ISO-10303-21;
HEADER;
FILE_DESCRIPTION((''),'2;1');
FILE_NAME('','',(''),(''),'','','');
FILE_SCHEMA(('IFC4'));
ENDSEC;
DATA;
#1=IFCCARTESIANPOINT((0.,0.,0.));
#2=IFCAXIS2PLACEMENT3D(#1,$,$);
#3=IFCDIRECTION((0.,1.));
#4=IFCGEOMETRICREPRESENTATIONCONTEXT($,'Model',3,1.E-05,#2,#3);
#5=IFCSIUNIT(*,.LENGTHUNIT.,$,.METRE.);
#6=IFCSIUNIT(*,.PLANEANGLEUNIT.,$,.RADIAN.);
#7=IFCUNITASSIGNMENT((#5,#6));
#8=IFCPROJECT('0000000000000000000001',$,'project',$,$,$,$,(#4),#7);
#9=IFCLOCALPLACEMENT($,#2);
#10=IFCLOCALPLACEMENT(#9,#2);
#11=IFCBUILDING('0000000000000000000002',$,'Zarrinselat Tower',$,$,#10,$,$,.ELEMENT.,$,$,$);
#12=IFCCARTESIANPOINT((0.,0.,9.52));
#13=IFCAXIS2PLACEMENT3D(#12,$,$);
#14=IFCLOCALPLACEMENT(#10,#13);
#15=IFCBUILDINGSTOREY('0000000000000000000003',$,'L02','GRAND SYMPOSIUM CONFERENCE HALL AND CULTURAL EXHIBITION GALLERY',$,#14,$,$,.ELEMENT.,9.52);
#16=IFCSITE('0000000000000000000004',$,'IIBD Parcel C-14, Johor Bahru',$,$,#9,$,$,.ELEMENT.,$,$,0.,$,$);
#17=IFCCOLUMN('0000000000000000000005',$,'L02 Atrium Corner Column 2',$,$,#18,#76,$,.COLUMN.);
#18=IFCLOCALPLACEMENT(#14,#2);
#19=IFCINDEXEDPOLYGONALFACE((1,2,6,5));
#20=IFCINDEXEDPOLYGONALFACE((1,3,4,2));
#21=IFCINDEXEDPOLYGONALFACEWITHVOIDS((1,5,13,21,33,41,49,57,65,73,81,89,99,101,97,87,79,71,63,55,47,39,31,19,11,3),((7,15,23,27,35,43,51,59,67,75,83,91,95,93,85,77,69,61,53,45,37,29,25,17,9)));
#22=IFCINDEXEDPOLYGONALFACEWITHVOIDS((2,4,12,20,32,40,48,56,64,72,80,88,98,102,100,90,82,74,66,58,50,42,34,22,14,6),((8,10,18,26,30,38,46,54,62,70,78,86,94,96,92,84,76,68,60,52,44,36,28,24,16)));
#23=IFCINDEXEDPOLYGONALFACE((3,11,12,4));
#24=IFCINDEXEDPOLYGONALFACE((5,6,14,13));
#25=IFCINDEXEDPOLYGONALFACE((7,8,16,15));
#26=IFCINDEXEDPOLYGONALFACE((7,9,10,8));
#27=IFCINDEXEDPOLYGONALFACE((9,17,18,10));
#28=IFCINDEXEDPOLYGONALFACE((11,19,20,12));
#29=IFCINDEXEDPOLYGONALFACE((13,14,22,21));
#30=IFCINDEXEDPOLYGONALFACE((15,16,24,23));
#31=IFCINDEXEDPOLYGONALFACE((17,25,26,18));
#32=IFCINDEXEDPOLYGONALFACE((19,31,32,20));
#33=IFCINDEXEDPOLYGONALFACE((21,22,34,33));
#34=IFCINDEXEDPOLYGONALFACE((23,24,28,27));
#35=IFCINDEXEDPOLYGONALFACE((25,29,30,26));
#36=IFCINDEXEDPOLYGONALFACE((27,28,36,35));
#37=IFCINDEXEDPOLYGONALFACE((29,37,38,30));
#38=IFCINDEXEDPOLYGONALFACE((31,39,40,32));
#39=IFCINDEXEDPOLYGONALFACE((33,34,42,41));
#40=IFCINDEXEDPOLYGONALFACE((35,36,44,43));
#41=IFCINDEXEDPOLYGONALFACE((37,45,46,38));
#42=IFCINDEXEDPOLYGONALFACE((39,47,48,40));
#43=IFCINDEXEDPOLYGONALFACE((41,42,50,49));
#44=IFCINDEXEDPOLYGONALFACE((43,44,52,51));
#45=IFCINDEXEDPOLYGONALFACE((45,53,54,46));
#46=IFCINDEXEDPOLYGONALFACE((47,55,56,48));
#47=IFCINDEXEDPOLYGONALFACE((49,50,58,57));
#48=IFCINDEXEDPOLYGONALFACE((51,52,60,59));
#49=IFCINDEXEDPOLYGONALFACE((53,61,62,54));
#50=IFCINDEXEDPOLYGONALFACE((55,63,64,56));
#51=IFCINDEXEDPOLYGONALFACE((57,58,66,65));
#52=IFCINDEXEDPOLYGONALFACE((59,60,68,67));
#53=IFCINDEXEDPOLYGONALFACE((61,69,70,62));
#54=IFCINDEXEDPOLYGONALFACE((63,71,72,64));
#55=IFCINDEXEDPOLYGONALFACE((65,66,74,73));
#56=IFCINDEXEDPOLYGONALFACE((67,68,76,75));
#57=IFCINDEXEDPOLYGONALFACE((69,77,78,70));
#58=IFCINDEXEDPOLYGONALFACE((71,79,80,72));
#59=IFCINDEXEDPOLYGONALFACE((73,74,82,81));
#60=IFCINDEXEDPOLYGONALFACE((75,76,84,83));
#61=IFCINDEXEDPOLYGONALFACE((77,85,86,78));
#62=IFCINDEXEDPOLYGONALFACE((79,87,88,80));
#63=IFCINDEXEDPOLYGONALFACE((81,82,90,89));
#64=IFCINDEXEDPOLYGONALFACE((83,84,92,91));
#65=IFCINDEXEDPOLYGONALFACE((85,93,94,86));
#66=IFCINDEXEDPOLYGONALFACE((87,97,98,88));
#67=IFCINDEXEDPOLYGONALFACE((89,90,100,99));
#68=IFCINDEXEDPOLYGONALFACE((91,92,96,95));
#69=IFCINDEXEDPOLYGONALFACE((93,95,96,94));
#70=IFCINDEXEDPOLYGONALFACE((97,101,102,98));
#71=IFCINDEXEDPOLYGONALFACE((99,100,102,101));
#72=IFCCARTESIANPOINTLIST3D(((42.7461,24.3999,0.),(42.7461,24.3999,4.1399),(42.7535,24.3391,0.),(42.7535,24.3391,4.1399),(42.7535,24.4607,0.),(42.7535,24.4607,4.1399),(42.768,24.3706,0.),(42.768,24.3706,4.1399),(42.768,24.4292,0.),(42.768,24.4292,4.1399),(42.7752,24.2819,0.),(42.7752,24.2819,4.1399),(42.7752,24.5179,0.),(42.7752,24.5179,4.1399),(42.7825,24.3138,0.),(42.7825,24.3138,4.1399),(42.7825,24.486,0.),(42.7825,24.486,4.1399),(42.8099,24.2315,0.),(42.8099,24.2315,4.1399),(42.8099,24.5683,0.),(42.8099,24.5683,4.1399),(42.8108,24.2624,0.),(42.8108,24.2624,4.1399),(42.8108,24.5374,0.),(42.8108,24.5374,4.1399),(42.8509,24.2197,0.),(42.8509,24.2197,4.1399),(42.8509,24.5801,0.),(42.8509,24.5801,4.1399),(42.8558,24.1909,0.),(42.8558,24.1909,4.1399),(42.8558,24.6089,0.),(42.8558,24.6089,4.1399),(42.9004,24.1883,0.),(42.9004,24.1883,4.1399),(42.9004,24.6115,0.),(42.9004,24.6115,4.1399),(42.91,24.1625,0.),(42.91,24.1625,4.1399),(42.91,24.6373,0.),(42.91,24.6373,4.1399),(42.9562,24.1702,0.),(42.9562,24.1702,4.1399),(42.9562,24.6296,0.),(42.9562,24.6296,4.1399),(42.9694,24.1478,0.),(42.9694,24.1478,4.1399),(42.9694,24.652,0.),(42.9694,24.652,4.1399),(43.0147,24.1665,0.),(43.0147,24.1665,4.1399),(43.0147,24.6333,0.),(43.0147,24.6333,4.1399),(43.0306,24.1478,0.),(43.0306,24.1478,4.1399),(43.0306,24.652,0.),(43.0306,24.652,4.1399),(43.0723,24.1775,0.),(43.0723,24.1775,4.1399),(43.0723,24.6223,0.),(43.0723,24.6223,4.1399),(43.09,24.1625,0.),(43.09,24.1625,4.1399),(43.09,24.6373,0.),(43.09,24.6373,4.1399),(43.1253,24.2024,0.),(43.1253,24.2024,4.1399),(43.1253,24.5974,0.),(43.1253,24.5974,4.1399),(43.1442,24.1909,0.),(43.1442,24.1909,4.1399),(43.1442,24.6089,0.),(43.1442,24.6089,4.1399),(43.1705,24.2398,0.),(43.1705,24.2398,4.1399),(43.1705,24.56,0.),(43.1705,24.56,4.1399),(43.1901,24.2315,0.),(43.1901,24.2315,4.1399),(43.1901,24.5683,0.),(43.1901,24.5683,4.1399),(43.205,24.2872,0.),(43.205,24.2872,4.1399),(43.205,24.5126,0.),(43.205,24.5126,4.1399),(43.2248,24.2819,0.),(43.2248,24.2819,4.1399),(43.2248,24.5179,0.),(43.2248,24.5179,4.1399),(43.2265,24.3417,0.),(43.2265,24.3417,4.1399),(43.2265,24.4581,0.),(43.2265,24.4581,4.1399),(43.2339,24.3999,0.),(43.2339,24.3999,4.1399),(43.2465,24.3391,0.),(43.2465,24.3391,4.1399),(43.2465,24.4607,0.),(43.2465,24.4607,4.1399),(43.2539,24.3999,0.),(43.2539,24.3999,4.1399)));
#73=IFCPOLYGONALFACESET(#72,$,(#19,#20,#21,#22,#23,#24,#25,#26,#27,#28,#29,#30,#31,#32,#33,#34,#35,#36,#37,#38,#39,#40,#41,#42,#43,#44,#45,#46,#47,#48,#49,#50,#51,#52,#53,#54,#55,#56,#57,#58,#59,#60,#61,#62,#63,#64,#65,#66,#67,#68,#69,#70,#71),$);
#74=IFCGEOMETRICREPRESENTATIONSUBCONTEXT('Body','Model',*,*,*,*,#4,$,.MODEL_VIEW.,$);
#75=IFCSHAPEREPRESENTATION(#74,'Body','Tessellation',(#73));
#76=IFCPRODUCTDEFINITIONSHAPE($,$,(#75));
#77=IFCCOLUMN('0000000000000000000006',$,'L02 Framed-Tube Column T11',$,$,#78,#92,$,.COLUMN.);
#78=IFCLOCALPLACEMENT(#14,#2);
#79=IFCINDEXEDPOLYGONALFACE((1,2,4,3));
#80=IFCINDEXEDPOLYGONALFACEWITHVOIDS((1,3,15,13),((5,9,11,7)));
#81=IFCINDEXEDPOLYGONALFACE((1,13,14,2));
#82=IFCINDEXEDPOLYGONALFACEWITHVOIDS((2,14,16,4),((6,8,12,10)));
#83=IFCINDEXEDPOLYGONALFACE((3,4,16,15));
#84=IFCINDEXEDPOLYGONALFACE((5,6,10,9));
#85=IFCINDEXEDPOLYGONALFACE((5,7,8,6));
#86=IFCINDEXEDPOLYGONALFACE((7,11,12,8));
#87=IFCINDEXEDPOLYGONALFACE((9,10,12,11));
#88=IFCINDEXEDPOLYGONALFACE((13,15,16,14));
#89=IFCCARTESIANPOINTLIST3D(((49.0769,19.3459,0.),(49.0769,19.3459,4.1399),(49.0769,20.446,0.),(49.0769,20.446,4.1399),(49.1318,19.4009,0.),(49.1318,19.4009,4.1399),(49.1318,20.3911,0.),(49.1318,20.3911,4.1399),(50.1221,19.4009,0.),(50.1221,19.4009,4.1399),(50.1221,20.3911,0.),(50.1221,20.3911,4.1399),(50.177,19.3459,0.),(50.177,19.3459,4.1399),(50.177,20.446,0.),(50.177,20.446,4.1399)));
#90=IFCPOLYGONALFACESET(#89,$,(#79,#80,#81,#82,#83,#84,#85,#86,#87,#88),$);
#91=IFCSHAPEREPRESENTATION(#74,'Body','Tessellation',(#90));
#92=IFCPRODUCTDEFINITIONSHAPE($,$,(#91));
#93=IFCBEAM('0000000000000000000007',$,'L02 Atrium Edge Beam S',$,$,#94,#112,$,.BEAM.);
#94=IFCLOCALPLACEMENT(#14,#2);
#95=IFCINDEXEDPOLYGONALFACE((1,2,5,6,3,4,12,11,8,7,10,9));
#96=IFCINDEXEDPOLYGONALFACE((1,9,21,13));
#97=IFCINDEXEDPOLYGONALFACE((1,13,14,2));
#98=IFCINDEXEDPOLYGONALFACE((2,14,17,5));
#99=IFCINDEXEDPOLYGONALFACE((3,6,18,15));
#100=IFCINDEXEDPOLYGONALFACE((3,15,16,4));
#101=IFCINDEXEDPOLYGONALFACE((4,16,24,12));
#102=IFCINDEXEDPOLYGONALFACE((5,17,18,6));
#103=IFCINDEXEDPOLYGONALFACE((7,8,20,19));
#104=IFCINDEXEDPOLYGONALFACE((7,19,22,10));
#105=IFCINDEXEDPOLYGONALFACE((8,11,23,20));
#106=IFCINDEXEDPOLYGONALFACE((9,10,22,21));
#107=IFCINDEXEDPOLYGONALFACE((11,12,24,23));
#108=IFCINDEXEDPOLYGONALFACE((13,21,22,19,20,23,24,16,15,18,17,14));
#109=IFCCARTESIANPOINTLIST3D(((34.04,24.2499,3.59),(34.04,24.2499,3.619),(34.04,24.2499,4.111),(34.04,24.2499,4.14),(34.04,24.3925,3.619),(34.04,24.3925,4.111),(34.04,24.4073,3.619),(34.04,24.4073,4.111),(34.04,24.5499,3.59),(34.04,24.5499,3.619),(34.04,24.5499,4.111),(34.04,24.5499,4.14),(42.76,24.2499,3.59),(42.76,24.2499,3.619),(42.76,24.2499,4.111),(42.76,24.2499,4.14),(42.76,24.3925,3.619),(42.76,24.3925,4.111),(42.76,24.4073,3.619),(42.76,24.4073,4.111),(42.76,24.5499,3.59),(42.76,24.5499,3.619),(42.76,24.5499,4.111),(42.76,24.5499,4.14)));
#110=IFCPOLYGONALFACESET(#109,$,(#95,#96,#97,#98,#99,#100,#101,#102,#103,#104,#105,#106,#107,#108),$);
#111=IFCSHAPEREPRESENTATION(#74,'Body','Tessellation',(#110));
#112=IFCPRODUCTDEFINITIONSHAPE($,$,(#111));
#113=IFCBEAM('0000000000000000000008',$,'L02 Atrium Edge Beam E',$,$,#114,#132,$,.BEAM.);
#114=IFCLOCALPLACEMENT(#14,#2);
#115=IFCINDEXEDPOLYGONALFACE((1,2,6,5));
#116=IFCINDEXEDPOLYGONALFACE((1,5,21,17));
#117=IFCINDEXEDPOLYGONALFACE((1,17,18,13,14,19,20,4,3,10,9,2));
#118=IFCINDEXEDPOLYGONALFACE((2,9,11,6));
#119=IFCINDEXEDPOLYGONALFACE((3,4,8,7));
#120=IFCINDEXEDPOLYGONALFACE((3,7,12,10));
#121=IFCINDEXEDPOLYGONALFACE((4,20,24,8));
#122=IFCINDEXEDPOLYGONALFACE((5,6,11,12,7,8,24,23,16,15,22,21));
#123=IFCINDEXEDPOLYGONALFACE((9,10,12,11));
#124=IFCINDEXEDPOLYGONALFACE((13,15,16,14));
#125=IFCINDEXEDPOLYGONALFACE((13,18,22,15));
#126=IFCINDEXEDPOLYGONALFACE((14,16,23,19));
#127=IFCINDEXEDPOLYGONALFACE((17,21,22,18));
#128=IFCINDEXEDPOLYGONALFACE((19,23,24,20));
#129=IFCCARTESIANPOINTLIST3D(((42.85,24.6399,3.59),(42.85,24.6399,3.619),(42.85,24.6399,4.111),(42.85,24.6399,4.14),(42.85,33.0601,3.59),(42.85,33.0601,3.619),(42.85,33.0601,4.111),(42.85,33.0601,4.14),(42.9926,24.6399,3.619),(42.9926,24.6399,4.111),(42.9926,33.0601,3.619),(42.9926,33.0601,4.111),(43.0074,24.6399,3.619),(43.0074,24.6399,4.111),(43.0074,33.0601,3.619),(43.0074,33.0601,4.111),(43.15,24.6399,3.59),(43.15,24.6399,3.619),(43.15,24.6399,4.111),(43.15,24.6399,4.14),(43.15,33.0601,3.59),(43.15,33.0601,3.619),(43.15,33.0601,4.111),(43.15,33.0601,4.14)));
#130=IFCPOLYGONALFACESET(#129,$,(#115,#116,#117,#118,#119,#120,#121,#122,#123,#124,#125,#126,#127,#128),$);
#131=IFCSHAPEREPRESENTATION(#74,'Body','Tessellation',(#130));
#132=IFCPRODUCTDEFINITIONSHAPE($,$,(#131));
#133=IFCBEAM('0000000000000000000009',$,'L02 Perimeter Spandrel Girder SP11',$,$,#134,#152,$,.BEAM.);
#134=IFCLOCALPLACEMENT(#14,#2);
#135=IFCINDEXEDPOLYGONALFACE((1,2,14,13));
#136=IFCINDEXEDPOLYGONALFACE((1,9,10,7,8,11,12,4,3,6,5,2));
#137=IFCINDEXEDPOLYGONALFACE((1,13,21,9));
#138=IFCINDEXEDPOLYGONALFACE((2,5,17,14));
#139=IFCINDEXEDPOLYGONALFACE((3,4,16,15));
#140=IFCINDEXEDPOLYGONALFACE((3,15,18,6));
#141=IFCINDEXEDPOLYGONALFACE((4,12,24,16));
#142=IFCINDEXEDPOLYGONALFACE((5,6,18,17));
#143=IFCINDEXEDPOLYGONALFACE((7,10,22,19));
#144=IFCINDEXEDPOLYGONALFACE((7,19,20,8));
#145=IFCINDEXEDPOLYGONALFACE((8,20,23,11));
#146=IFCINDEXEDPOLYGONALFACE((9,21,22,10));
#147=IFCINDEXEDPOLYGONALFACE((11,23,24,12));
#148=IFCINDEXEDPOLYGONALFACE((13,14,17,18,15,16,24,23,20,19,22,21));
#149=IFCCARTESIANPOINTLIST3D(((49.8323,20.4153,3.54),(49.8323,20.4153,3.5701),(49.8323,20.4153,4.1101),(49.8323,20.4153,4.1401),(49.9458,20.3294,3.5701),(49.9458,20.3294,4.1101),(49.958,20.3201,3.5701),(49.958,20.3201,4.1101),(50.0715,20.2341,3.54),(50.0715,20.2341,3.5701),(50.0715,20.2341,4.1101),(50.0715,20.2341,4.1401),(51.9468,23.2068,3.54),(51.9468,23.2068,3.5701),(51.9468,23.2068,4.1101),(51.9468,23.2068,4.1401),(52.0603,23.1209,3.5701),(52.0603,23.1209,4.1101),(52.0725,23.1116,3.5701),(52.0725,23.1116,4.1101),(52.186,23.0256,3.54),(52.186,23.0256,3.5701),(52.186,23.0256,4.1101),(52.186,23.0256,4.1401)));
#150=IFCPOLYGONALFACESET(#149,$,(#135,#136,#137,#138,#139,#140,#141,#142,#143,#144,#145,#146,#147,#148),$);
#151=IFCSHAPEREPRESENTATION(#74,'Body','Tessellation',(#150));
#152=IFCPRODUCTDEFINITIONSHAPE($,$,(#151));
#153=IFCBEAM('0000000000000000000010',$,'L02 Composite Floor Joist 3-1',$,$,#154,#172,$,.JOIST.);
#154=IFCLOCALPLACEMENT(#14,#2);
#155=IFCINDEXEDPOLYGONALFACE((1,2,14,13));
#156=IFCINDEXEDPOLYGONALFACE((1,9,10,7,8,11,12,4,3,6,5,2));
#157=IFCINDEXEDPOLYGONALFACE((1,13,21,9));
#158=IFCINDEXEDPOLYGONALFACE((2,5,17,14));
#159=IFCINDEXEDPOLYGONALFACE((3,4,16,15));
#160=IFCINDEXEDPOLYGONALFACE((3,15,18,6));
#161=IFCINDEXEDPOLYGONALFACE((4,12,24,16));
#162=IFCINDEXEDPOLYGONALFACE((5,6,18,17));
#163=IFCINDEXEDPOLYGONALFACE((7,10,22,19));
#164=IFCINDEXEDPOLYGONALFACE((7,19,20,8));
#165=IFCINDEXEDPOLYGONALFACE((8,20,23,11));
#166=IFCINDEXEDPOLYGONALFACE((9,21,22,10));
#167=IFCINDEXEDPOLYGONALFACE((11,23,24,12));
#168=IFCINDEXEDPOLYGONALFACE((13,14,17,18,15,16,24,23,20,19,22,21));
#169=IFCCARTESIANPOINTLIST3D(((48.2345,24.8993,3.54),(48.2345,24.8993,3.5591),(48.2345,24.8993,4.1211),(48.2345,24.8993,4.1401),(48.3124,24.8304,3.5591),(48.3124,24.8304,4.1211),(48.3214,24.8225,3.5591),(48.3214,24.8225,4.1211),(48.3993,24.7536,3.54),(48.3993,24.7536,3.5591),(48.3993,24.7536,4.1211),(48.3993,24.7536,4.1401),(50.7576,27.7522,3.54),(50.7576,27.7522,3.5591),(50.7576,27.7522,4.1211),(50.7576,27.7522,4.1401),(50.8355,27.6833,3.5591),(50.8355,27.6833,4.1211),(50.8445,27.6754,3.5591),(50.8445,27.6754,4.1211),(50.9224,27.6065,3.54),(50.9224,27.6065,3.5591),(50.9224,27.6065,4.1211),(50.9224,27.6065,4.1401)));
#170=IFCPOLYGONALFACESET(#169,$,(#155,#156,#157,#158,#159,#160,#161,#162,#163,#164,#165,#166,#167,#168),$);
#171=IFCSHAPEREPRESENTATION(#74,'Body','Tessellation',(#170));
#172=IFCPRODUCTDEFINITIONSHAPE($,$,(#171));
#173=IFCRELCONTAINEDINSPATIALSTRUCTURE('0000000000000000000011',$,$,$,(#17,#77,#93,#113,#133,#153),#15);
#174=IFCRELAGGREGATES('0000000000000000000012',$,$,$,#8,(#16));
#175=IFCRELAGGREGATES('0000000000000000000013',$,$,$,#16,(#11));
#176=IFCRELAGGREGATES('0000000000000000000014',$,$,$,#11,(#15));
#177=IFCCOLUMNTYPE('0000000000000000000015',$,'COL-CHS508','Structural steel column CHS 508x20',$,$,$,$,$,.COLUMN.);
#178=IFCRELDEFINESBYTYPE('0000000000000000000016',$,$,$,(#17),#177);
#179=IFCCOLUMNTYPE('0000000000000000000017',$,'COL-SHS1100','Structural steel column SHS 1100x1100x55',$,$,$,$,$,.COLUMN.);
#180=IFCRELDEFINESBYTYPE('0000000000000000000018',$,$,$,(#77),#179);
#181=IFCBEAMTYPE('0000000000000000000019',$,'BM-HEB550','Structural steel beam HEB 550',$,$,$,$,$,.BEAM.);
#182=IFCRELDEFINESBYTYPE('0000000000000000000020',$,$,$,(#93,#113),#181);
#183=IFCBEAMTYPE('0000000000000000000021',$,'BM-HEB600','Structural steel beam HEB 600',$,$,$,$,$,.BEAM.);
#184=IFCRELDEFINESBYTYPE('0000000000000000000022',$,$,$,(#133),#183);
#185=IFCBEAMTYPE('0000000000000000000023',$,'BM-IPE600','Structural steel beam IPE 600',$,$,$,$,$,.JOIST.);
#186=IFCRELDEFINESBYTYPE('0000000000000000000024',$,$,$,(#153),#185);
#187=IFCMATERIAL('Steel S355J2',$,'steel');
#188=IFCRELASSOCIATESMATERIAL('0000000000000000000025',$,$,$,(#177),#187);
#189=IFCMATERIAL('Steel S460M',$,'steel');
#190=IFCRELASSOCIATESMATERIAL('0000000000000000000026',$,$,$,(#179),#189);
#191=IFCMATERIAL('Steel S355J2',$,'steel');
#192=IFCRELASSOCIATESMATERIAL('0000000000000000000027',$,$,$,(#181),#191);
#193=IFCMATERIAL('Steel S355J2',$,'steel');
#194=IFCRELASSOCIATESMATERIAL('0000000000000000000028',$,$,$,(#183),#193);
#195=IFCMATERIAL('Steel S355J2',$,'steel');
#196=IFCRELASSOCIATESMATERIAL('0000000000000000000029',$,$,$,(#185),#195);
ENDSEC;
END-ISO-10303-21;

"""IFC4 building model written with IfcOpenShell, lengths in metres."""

from ifc_helpers import new_model, si_unit, direction, frame, origin, origin_2d, place, context, subcontext, project, spatial, hollow_rectangle, hollow_circle, i_section, extrude, material, material_profile, profile_set, type_object, element, save


model = new_model("IFC4")

# Units and contexts
model_context = context("Model", 3, precision=1e-05, world=origin(), true_north=direction((0.0, 1.0)))
body_context = subcontext(model_context, "Body", "Model", "MODEL_VIEW")
ifc_project = project(units=[si_unit("LENGTHUNIT", "METRE"), si_unit("PLANEANGLEUNIT", "RADIAN")], contexts=[model_context])

# Site, building, storey
site_placement = place(None, origin())
site = spatial("IfcSite", under=ifc_project, at=site_placement, Name="IIBD Parcel C-14, Johor Bahru", CompositionType="ELEMENT", RefElevation=0.0)
building_placement = place(site_placement, origin())
building = spatial("IfcBuilding", under=site, at=building_placement, Name="Zarrinselat Tower", CompositionType="ELEMENT")
storey_placement = place(building_placement, frame((0.0, 0.0, 9.52)))
storey = spatial("IfcBuildingStorey", under=building, at=storey_placement, Name="L02", Description="GRAND SYMPOSIUM CONFERENCE HALL AND CULTURAL EXHIBITION GALLERY", CompositionType="ELEMENT", Elevation=9.52)

# Columns
ifc_material_1 = material(Name="Steel S355J2", Category="steel")
ifc_material_profile_1 = material_profile(ifc_material_1, hollow_circle(Radius=0.2539, WallThickness=0.02, at=origin_2d()), Name="CHS 508x20")
ifc_profile_set_1 = profile_set([ifc_material_profile_1], Name="Steel S355J2")
column_type_1 = type_object("IfcColumnType", Name="COL-CHS508", Description="Structural steel column CHS 508x20", PredefinedType="COLUMN", material=ifc_profile_set_1)
column_1_placement = place(storey_placement, frame((43.0, 24.3999, 0.0), z_axis=(0.0, 0.0, 1.0), x_axis=(1.0, 0.0, 0.0)))
element("IfcColumn", 1, at=column_1_placement, inside=storey, type_object=column_type_1, Name="L02 Atrium Corner Column 2", PredefinedType="COLUMN", context=body_context, shape_type="SweptSolid", body=[
    extrude(hollow_circle(Radius=0.2539, WallThickness=0.02, at=origin_2d()), origin(), (0.0, 0.0, 1.0), 4.1399),
])
ifc_material_2 = material(Name="Steel S460M", Category="steel")
ifc_material_profile_2 = material_profile(ifc_material_2, hollow_rectangle(XDim=1.1001, YDim=1.1001, WallThickness=0.0549, at=origin_2d()), Name="SHS 1100x1100x55")
ifc_profile_set_2 = profile_set([ifc_material_profile_2], Name="Steel S460M")
column_type_2 = type_object("IfcColumnType", Name="COL-SHS1100", Description="Structural steel column SHS 1100x1100x55", PredefinedType="COLUMN", material=ifc_profile_set_2)
column_2_placement = place(storey_placement, frame((49.627, 19.896, 0.0), z_axis=(0.0, 0.0, 1.0), x_axis=(1.0, 0.0, 0.0)))
element("IfcColumn", 2, at=column_2_placement, inside=storey, type_object=column_type_2, Name="L02 Framed-Tube Column T11", PredefinedType="COLUMN", context=body_context, shape_type="SweptSolid", body=[
    extrude(hollow_rectangle(XDim=1.1001, YDim=1.1001, WallThickness=0.0549, at=origin_2d()), origin(), (0.0, 0.0, 1.0), 4.1399),
])

# Beams
ifc_material_3 = material(Name="Steel S355J2", Category="steel")
ifc_material_profile_3 = material_profile(ifc_material_3, i_section(OverallWidth=0.3, OverallDepth=0.55, WebThickness=0.0149, FlangeThickness=0.0291, at=origin_2d()), Name="HEB 550")
ifc_profile_set_3 = profile_set([ifc_material_profile_3], Name="Steel S355J2")
beam_type_1 = type_object("IfcBeamType", Name="BM-HEB550", Description="Structural steel beam HEB 550", PredefinedType="BEAM", material=ifc_profile_set_3)
beam_1_placement = place(storey_placement, frame((34.04, 24.3999, 3.865), z_axis=(1.0, 0.0, 0.0), x_axis=(0.0, 1.0, 0.0)))
element("IfcBeam", 3, at=beam_1_placement, inside=storey, type_object=beam_type_1, Name="L02 Atrium Edge Beam S", PredefinedType="BEAM", context=body_context, shape_type="SweptSolid", body=[
    extrude(i_section(OverallWidth=0.3, OverallDepth=0.55, WebThickness=0.0149, FlangeThickness=0.0291, at=origin_2d()), origin(), (0.0, 0.0, 1.0), 8.72),
])
beam_2_placement = place(storey_placement, frame((43.0, 24.6399, 3.865), z_axis=(0.0, 1.0, 0.0), x_axis=(-1.0, 0.0, 0.0)))
element("IfcBeam", 4, at=beam_2_placement, inside=storey, type_object=beam_type_1, Name="L02 Atrium Edge Beam E", PredefinedType="BEAM", context=body_context, shape_type="SweptSolid", body=[
    extrude(i_section(OverallWidth=0.3, OverallDepth=0.55, WebThickness=0.0149, FlangeThickness=0.0291, at=origin_2d()), origin(), (0.0, 0.0, 1.0), 8.4202),
])
ifc_material_4 = material(Name="Steel S355J2", Category="steel")
ifc_material_profile_4 = material_profile(ifc_material_4, i_section(OverallWidth=0.3, OverallDepth=0.6001, WebThickness=0.0154, FlangeThickness=0.03, at=origin_2d()), Name="HEB 600")
ifc_profile_set_4 = profile_set([ifc_material_profile_4], Name="Steel S355J2")
beam_type_2 = type_object("IfcBeamType", Name="BM-HEB600", Description="Structural steel beam HEB 600", PredefinedType="BEAM", material=ifc_profile_set_4)
beam_3_placement = place(storey_placement, frame((49.9519, 20.3247, 3.8401), z_axis=(0.603808, 0.79713, 0.0), x_axis=(-0.79713, 0.603808, 0.0)))
element("IfcBeam", 5, at=beam_3_placement, inside=storey, type_object=beam_type_2, Name="L02 Perimeter Spandrel Girder SP11", PredefinedType="BEAM", context=body_context, shape_type="SweptSolid", body=[
    extrude(i_section(OverallWidth=0.3, OverallDepth=0.6001, WebThickness=0.0154, FlangeThickness=0.03, at=origin_2d()), origin(), (0.0, 0.0, 1.0), 3.502),
])
ifc_material_5 = material(Name="Steel S355J2", Category="steel")
ifc_material_profile_5 = material_profile(ifc_material_5, i_section(OverallWidth=0.22, OverallDepth=0.6001, WebThickness=0.012, FlangeThickness=0.019, at=origin_2d()), Name="IPE 600")
ifc_profile_set_5 = profile_set([ifc_material_profile_5], Name="Steel S355J2")
beam_type_3 = type_object("IfcBeamType", Name="BM-IPE600", Description="Structural steel beam IPE 600", PredefinedType="JOIST", material=ifc_profile_set_5)
beam_4_placement = place(storey_placement, frame((48.3169, 24.8264, 3.8401), z_axis=(0.66248, 0.74908, 0.0), x_axis=(-0.74908, 0.66248, 0.0)))
element("IfcBeam", 6, at=beam_4_placement, inside=storey, type_object=beam_type_3, Name="L02 Composite Floor Joist 3-1", PredefinedType="JOIST", context=body_context, shape_type="SweptSolid", body=[
    extrude(i_section(OverallWidth=0.22, OverallDepth=0.6001, WebThickness=0.012, FlangeThickness=0.019, at=origin_2d()), origin(), (0.0, 0.0, 1.0), 3.8086),
])

save(model, "model.ifc")
